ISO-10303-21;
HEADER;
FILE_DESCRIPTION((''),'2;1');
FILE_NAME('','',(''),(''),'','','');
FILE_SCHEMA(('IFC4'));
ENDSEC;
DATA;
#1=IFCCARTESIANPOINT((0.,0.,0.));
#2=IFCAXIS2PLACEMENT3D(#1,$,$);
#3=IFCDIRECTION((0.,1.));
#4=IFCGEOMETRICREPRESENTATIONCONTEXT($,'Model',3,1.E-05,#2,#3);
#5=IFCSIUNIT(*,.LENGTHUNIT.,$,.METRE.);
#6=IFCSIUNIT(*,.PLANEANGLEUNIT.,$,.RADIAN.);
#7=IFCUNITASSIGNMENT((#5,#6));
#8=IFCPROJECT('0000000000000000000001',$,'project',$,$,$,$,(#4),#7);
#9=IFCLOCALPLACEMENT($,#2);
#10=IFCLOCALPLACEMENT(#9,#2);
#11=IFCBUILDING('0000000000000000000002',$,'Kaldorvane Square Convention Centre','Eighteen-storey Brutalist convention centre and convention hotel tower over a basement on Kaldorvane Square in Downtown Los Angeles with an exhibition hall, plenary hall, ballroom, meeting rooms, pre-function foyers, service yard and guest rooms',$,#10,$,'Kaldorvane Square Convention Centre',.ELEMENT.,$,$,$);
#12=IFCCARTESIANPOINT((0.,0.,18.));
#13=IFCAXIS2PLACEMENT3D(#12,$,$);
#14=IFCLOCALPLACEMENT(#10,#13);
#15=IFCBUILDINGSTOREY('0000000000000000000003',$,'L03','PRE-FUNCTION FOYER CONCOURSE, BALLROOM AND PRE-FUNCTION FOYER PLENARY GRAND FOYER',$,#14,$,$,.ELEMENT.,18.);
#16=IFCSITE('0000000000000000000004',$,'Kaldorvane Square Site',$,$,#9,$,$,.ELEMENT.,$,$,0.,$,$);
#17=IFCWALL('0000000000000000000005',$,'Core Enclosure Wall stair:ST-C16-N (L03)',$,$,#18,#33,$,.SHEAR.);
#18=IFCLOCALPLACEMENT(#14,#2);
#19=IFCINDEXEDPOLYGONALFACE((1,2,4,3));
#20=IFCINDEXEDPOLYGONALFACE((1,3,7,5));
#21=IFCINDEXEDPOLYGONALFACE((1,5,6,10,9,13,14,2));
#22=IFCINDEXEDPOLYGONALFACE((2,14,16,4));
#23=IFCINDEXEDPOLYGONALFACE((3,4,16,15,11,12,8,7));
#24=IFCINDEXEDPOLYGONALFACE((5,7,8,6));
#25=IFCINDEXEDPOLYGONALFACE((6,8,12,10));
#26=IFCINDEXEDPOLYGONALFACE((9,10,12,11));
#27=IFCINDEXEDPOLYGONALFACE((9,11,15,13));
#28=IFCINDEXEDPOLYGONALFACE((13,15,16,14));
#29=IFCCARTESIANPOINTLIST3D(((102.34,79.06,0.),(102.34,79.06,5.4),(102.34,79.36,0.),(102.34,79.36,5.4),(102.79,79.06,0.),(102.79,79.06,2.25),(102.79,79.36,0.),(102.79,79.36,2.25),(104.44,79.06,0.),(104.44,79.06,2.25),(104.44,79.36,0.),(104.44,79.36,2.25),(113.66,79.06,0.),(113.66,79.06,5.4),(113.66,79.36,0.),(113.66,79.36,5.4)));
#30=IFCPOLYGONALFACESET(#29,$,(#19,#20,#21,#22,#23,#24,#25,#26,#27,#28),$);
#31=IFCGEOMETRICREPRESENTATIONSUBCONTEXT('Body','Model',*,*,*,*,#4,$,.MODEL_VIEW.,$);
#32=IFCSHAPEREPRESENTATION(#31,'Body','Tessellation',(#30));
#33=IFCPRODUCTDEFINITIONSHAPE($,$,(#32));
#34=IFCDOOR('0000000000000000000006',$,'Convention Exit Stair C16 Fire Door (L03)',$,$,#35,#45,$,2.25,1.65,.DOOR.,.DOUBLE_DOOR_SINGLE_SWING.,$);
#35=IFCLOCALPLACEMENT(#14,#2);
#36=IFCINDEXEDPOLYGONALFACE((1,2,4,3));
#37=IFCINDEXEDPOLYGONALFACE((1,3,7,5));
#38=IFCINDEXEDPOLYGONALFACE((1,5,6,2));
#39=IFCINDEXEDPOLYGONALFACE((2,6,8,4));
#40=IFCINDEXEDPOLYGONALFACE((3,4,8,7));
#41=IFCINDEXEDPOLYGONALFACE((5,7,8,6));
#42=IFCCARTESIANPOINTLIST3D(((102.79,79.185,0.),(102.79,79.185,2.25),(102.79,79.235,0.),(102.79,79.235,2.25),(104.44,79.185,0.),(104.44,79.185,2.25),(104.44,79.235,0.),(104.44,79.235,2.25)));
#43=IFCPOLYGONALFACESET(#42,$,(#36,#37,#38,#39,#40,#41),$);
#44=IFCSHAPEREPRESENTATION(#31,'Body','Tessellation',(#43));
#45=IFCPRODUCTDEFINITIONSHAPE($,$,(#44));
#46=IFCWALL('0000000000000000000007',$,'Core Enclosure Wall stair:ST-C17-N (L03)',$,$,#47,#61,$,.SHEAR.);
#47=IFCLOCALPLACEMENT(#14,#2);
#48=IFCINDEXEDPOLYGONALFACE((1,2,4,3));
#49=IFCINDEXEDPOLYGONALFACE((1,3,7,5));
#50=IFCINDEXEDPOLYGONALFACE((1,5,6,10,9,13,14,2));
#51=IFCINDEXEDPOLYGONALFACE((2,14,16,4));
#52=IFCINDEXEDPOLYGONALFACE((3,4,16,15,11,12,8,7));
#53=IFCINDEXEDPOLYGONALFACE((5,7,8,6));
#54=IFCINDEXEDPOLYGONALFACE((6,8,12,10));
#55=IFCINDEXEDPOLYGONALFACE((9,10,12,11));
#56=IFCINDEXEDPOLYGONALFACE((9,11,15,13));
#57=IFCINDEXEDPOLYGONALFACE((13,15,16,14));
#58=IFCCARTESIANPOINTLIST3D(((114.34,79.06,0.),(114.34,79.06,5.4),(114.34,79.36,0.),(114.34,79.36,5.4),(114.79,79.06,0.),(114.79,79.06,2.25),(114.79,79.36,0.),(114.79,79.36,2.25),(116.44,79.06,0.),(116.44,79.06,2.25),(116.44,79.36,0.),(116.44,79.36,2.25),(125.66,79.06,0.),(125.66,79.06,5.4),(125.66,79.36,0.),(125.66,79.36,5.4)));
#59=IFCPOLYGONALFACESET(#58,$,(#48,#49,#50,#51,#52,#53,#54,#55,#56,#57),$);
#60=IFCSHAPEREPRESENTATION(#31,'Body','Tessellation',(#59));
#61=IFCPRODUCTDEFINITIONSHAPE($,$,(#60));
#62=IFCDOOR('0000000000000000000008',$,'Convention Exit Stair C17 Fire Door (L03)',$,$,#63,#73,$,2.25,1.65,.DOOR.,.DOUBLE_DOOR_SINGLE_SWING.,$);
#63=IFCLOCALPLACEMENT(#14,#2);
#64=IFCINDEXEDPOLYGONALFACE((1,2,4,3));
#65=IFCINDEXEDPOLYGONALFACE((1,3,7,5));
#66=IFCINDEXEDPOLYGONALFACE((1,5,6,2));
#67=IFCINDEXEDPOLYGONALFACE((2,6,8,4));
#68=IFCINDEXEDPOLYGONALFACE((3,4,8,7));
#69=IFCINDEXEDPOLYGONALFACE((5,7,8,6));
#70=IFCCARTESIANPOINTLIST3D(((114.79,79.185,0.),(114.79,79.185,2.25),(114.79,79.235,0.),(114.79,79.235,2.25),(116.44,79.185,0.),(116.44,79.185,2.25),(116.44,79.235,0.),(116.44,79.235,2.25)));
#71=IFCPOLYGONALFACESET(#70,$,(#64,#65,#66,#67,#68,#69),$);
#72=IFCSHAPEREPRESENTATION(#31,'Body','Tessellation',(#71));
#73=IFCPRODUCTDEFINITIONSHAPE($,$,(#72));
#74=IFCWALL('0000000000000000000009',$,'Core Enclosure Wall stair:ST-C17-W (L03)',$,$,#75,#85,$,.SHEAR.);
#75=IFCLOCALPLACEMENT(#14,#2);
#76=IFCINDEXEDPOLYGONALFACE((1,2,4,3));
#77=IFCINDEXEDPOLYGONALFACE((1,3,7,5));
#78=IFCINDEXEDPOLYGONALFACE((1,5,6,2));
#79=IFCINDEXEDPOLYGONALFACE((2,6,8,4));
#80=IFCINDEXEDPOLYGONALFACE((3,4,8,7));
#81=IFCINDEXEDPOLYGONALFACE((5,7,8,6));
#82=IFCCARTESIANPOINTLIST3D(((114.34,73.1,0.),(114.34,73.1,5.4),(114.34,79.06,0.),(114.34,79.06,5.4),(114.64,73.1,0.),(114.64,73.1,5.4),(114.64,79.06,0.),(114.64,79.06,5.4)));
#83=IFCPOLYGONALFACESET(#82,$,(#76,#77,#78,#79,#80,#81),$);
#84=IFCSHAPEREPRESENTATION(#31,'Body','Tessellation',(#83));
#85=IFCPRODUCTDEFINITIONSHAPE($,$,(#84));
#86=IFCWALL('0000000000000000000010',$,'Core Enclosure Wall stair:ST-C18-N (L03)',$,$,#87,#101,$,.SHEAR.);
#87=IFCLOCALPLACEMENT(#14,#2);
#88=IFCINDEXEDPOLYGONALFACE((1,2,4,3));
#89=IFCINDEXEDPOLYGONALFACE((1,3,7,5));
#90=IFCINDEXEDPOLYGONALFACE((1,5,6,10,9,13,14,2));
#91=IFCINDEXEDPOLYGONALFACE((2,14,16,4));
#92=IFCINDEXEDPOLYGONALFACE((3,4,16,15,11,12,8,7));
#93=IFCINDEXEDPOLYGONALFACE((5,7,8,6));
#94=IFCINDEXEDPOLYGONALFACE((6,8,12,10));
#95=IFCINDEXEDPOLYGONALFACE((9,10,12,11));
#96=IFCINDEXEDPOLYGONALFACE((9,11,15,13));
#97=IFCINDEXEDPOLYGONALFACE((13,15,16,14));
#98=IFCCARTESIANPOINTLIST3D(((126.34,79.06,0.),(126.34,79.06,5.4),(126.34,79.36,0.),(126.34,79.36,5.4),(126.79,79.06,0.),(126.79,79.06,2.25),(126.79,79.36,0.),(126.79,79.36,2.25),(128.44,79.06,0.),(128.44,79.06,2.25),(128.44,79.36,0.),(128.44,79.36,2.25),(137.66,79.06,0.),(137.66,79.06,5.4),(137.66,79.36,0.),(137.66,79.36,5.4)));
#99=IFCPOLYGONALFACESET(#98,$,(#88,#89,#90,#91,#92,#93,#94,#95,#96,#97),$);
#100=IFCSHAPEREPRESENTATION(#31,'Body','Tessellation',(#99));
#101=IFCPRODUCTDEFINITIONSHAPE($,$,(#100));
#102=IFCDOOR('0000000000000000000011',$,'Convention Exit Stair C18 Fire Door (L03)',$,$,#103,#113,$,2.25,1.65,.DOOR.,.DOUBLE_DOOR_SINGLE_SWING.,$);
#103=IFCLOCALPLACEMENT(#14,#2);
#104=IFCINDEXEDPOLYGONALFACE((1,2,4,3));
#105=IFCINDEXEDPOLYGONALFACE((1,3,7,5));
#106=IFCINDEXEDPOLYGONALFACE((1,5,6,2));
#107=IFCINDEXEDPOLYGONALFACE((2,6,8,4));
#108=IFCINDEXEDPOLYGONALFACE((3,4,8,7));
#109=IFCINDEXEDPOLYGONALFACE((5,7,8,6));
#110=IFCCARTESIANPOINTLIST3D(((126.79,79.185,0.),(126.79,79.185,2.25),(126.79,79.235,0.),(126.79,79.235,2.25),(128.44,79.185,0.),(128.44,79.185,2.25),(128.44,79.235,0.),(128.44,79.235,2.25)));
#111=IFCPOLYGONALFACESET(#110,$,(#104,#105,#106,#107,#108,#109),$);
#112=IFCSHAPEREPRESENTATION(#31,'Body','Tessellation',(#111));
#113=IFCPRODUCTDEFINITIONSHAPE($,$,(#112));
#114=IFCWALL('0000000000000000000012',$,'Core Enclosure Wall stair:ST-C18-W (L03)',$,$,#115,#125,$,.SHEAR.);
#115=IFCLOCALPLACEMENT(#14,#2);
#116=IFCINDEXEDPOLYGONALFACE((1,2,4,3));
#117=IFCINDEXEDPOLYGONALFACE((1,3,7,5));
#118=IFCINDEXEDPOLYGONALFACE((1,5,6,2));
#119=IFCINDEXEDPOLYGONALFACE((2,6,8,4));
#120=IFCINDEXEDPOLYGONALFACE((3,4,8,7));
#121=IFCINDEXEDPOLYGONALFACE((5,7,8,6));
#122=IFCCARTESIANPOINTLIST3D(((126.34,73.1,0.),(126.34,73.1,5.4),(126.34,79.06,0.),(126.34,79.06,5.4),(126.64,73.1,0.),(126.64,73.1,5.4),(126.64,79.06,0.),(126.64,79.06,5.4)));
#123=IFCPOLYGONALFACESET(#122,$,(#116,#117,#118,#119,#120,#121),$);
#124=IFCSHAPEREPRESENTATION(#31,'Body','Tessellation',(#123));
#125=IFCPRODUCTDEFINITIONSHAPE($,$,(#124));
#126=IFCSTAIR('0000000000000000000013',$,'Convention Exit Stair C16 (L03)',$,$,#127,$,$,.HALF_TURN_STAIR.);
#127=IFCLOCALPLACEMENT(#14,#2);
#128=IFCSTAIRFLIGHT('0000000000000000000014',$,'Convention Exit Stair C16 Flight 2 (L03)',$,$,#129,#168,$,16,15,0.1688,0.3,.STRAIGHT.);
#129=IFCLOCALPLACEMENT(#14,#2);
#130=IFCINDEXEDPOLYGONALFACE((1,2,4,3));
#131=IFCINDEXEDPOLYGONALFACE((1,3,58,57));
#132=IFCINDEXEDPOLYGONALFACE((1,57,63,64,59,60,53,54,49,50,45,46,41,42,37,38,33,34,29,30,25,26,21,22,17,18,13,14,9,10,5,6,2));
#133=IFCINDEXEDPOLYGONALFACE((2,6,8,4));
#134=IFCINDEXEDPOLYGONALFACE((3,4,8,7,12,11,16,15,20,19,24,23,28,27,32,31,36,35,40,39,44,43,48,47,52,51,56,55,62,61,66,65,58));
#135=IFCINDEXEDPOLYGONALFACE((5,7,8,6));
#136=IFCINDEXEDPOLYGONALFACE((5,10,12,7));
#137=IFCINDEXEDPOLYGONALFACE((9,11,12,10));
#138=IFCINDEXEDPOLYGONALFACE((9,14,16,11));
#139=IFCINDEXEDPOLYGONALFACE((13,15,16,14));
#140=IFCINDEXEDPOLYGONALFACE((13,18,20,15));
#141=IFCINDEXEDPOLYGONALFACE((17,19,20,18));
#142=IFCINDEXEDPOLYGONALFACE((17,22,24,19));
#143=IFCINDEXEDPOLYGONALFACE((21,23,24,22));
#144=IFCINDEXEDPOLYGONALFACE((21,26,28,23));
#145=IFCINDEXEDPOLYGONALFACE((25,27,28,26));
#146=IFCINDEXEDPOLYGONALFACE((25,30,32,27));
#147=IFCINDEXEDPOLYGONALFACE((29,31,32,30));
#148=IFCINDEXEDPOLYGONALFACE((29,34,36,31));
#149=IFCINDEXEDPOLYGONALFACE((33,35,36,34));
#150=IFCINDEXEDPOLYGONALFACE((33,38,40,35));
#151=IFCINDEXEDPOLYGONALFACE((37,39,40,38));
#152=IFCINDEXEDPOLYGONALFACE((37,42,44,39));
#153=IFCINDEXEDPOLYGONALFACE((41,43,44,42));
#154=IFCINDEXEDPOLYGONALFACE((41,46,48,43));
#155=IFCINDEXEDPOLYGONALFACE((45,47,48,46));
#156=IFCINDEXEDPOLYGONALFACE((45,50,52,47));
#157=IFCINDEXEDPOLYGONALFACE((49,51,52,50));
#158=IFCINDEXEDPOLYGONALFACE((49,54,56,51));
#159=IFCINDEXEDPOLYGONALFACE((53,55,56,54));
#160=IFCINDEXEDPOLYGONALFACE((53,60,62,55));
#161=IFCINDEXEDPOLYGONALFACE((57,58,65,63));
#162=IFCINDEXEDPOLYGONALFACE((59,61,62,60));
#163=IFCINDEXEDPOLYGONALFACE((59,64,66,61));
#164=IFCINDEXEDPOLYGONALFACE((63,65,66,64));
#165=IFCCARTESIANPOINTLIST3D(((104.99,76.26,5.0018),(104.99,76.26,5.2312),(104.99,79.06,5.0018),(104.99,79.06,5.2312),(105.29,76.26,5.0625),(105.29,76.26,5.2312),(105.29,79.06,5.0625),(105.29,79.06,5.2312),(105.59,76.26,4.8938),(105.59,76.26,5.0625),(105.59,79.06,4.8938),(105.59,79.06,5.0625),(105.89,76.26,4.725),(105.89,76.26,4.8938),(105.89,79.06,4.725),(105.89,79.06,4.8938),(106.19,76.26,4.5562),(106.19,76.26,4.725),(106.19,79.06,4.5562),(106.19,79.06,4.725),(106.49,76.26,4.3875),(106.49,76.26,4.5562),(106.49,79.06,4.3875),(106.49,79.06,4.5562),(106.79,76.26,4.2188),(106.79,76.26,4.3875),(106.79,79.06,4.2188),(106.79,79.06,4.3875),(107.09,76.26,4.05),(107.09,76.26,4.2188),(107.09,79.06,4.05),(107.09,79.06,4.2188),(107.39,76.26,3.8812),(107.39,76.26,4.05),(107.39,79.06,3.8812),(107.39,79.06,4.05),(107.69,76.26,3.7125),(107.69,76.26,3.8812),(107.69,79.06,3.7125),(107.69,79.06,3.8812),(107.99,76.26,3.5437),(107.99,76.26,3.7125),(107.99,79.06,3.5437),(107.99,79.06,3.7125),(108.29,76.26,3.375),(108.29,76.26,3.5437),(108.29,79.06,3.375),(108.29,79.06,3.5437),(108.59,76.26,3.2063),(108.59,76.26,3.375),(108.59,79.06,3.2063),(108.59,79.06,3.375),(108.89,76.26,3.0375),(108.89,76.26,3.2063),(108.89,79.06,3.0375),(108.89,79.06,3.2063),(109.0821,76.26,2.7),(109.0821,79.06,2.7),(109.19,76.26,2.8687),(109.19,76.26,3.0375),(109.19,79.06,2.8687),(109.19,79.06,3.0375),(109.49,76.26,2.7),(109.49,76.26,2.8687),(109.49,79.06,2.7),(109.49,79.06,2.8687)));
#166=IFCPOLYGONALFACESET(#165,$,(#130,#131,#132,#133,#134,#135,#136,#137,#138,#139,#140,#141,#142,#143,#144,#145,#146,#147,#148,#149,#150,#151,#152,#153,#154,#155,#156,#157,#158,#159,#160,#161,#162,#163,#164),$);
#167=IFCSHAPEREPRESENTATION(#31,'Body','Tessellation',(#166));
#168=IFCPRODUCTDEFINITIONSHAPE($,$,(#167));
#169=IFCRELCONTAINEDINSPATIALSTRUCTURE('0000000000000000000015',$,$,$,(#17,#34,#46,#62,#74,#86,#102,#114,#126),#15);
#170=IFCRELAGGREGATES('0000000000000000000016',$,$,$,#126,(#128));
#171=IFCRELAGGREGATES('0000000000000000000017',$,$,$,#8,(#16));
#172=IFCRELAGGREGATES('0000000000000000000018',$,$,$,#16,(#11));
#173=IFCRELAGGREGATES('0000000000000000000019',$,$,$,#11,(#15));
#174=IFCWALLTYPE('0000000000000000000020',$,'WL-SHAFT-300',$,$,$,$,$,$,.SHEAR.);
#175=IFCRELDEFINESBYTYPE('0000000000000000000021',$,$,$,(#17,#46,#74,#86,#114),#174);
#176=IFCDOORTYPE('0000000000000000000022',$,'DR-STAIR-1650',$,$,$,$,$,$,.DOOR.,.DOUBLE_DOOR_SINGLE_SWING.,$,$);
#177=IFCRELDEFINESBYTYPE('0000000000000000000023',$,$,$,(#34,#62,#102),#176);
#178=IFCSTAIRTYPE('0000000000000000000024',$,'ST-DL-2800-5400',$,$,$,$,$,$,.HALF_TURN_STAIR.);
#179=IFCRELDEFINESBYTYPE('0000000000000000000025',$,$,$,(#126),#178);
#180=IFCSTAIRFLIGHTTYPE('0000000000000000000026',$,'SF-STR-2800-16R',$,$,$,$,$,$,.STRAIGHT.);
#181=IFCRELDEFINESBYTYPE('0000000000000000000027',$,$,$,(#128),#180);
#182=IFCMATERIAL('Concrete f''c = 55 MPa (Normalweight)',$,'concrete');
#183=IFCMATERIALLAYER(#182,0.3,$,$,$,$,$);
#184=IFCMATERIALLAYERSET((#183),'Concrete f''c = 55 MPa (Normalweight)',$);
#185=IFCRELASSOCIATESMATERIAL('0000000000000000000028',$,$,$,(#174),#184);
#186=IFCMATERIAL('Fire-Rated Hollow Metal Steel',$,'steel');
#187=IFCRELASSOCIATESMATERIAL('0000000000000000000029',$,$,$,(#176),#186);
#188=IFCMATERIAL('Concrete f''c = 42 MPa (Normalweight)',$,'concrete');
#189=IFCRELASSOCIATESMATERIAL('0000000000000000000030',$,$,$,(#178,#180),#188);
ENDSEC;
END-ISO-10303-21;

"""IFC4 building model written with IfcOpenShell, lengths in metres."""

from ifc_helpers import new_model, si_unit, direction, frame, frame_2d, origin, place, context, subcontext, project, spatial, polyline, rectangle, outline, extrude, material, layer, layer_set, type_object, element, fill, aggregate, save


model = new_model("IFC4")

# Units and contexts
model_context = context("Model", 3, precision=1e-05, world=origin(), true_north=direction((0.0, 1.0)))
body_context = subcontext(model_context, "Body", "Model", "MODEL_VIEW")
ifc_project = project(units=[si_unit("LENGTHUNIT", "METRE"), si_unit("PLANEANGLEUNIT", "RADIAN")], contexts=[model_context])

# Site, building, storey
site_placement = place(None, origin())
site = spatial("IfcSite", under=ifc_project, at=site_placement, Name="Kaldorvane Square Site", CompositionType="ELEMENT", RefElevation=0.0)
building_placement = place(site_placement, origin())
building = spatial("IfcBuilding", under=site, at=building_placement, Name="Kaldorvane Square Convention Centre", Description="Eighteen-storey Brutalist convention centre and convention hotel tower over a basement on Kaldorvane Square in Downtown Los Angeles with an exhibition hall, plenary hall, ballroom, meeting rooms, pre-function foyers, service yard and guest rooms", LongName="Kaldorvane Square Convention Centre", CompositionType="ELEMENT")
storey_placement = place(building_placement, frame((0.0, 0.0, 18.0)))
storey = spatial("IfcBuildingStorey", under=building, at=storey_placement, Name="L03", Description="PRE-FUNCTION FOYER CONCOURSE, BALLROOM AND PRE-FUNCTION FOYER PLENARY GRAND FOYER", CompositionType="ELEMENT", Elevation=18.0)

# Walls, openings, doors
ifc_material_1 = material(Name="Concrete f'c = 55 MPa (Normalweight)", Category="concrete")
ifc_layer_1 = layer(ifc_material_1, 0.3)
ifc_layer_set_1 = layer_set([ifc_layer_1], Name="Concrete f'c = 55 MPa (Normalweight)")
wall_type = type_object("IfcWallType", Name="WL-SHAFT-300", PredefinedType="SHEAR", material=ifc_layer_set_1)
wall_1_placement = place(storey_placement, frame((113.66, 79.21, 0.0), z_axis=(0.0, 0.0, 1.0), x_axis=(-1.0, 0.0, 0.0)))
wall_1 = element("IfcWall", 1, at=wall_1_placement, inside=storey, type_object=wall_type, Name="Core Enclosure Wall stair:ST-C16-N (L03)", PredefinedType="SHEAR", context=body_context, shape_type="SweptSolid", body=[
    extrude(rectangle(XDim=11.32, YDim=0.3, at=frame_2d((5.66, 0.0))), origin(), (0.0, 0.0, 1.0), 5.4),
])
opening_1_placement = place(wall_1_placement, frame((9.22, 0.0, 0.0)))
opening_1 = element("IfcOpeningElement", 2, at=opening_1_placement, cuts=wall_1, PredefinedType="OPENING", context=body_context, shape_type="SweptSolid", body=[
    extrude(rectangle(XDim=1.65, YDim=2.25, at=frame_2d((0.825, 1.125))), frame((0.0, 0.165, 0.0), z_axis=(0.0, -1.0, 0.0), x_axis=(1.0, 0.0, 0.0)), (0.0, 0.0, 1.0), 0.33),
])
ifc_material_2 = material(Name="Fire-Rated Hollow Metal Steel", Category="steel")
door_type = type_object("IfcDoorType", Name="DR-STAIR-1650", OperationType="DOUBLE_DOOR_SINGLE_SWING", PredefinedType="DOOR", material=ifc_material_2)
door_1_placement = place(opening_1_placement, origin())
door_1 = element("IfcDoor", 3, at=door_1_placement, inside=storey, type_object=door_type, Name="Convention Exit Stair C16 Fire Door (L03)", OperationType="DOUBLE_DOOR_SINGLE_SWING", OverallHeight=2.25, OverallWidth=1.65, PredefinedType="DOOR", context=body_context, shape_type="SweptSolid", body=[
    extrude(rectangle(XDim=1.65, YDim=2.25, at=frame_2d((0.825, 1.125))), frame((0.0, 0.025, 0.0), z_axis=(0.0, -1.0, 0.0), x_axis=(1.0, 0.0, 0.0)), (0.0, 0.0, 1.0), 0.05),
])
fill(opening_1, door_1)
wall_2_placement = place(storey_placement, frame((125.66, 79.21, 0.0), z_axis=(0.0, 0.0, 1.0), x_axis=(-1.0, 0.0, 0.0)))
wall_2 = element("IfcWall", 4, at=wall_2_placement, inside=storey, type_object=wall_type, Name="Core Enclosure Wall stair:ST-C17-N (L03)", PredefinedType="SHEAR", context=body_context, shape_type="SweptSolid", body=[
    extrude(rectangle(XDim=11.32, YDim=0.3, at=frame_2d((5.66, 0.0))), origin(), (0.0, 0.0, 1.0), 5.4),
])
opening_2_placement = place(wall_2_placement, frame((9.22, 0.0, 0.0)))
opening_2 = element("IfcOpeningElement", 5, at=opening_2_placement, cuts=wall_2, PredefinedType="OPENING", context=body_context, shape_type="SweptSolid", body=[
    extrude(rectangle(XDim=1.65, YDim=2.25, at=frame_2d((0.825, 1.125))), frame((0.0, 0.165, 0.0), z_axis=(0.0, -1.0, 0.0), x_axis=(1.0, 0.0, 0.0)), (0.0, 0.0, 1.0), 0.33),
])
door_2_placement = place(opening_2_placement, origin())
door_2 = element("IfcDoor", 6, at=door_2_placement, inside=storey, type_object=door_type, Name="Convention Exit Stair C17 Fire Door (L03)", OperationType="DOUBLE_DOOR_SINGLE_SWING", OverallHeight=2.25, OverallWidth=1.65, PredefinedType="DOOR", context=body_context, shape_type="SweptSolid", body=[
    extrude(rectangle(XDim=1.65, YDim=2.25, at=frame_2d((0.825, 1.125))), frame((0.0, 0.025, 0.0), z_axis=(0.0, -1.0, 0.0), x_axis=(1.0, 0.0, 0.0)), (0.0, 0.0, 1.0), 0.05),
])
fill(opening_2, door_2)

# Wall
wall_3_placement = place(storey_placement, frame((114.49, 79.06, 0.0), z_axis=(0.0, 0.0, 1.0), x_axis=(0.0, -1.0, 0.0)))
element("IfcWall", 7, at=wall_3_placement, inside=storey, type_object=wall_type, Name="Core Enclosure Wall stair:ST-C17-W (L03)", PredefinedType="SHEAR", context=body_context, shape_type="SweptSolid", body=[
    extrude(rectangle(XDim=5.96, YDim=0.3, at=frame_2d((2.98, 0.0))), origin(), (0.0, 0.0, 1.0), 5.4),
])

# Wall, opening, door
wall_4_placement = place(storey_placement, frame((137.66, 79.21, 0.0), z_axis=(0.0, 0.0, 1.0), x_axis=(-1.0, 0.0, 0.0)))
wall_4 = element("IfcWall", 8, at=wall_4_placement, inside=storey, type_object=wall_type, Name="Core Enclosure Wall stair:ST-C18-N (L03)", PredefinedType="SHEAR", context=body_context, shape_type="SweptSolid", body=[
    extrude(rectangle(XDim=11.32, YDim=0.3, at=frame_2d((5.66, 0.0))), origin(), (0.0, 0.0, 1.0), 5.4),
])
opening_3_placement = place(wall_4_placement, frame((9.22, 0.0, 0.0)))
opening_3 = element("IfcOpeningElement", 9, at=opening_3_placement, cuts=wall_4, PredefinedType="OPENING", context=body_context, shape_type="SweptSolid", body=[
    extrude(rectangle(XDim=1.65, YDim=2.25, at=frame_2d((0.825, 1.125))), frame((0.0, 0.165, 0.0), z_axis=(0.0, -1.0, 0.0), x_axis=(1.0, 0.0, 0.0)), (0.0, 0.0, 1.0), 0.33),
])
door_3_placement = place(opening_3_placement, origin())
door_3 = element("IfcDoor", 10, at=door_3_placement, inside=storey, type_object=door_type, Name="Convention Exit Stair C18 Fire Door (L03)", OperationType="DOUBLE_DOOR_SINGLE_SWING", OverallHeight=2.25, OverallWidth=1.65, PredefinedType="DOOR", context=body_context, shape_type="SweptSolid", body=[
    extrude(rectangle(XDim=1.65, YDim=2.25, at=frame_2d((0.825, 1.125))), frame((0.0, 0.025, 0.0), z_axis=(0.0, -1.0, 0.0), x_axis=(1.0, 0.0, 0.0)), (0.0, 0.0, 1.0), 0.05),
])
fill(opening_3, door_3)

# Wall
wall_5_placement = place(storey_placement, frame((126.49, 79.06, 0.0), z_axis=(0.0, 0.0, 1.0), x_axis=(0.0, -1.0, 0.0)))
element("IfcWall", 11, at=wall_5_placement, inside=storey, type_object=wall_type, Name="Core Enclosure Wall stair:ST-C18-W (L03)", PredefinedType="SHEAR", context=body_context, shape_type="SweptSolid", body=[
    extrude(rectangle(XDim=5.96, YDim=0.3, at=frame_2d((2.98, 0.0))), origin(), (0.0, 0.0, 1.0), 5.4),
])

# Stair, stair flight
ifc_material_3 = material(Name="Concrete f'c = 42 MPa (Normalweight)", Category="concrete")
stair_type = type_object("IfcStairType", Name="ST-DL-2800-5400", PredefinedType="HALF_TURN_STAIR", material=ifc_material_3)
stair_1_placement = place(storey_placement, origin())
stair_1 = element("IfcStair", 12, at=stair_1_placement, inside=storey, type_object=stair_type, Name="Convention Exit Stair C16 (L03)", PredefinedType="HALF_TURN_STAIR")
stair_flight_type = type_object("IfcStairFlightType", Name="SF-STR-2800-16R", PredefinedType="STRAIGHT", material=ifc_material_3)
stair_flight_1_placement = place(storey_placement, frame((109.49, 77.66, 2.7), z_axis=(0.0, 0.0, 1.0), x_axis=(-1.0, 0.0, 0.0)))
stair_flight_1 = element("IfcStairFlight", 13, at=stair_flight_1_placement, type_object=stair_flight_type, Name="Convention Exit Stair C16 Flight 2 (L03)", NumberOfRisers=16, NumberOfTreads=15, PredefinedType="STRAIGHT", RiserHeight=0.1688, TreadLength=0.3, context=body_context, shape_type="SweptSolid", body=[
    extrude(outline(polyline([(0.0, 0.0), (0.0, 0.1687), (0.3, 0.1687), (0.3, 0.3375), (0.6, 0.3375), (0.6, 0.5063), (0.9, 0.5063), (0.9, 0.675), (1.2, 0.675), (1.2, 0.8438), (1.5, 0.8438), (1.5, 1.0125), (1.8, 1.0125), (1.8, 1.1812), (2.1, 1.1812), (2.1, 1.35), (2.4, 1.35), (2.4, 1.5188), (2.7, 1.5188), (2.7, 1.6875), (3.0, 1.6875), (3.0, 1.8562), (3.3, 1.8562), (3.3, 2.025), (3.6, 2.025), (3.6, 2.1938), (3.9, 2.1938), (3.9, 2.3625), (4.2, 2.3625), (4.2, 2.5312), (4.5, 2.5312), (4.5, 2.7), (4.5, 2.3018), (0.4079, 0.0), (0.0, 0.0)])), frame((0.0, 1.4, 0.0), z_axis=(0.0, -1.0, 0.0), x_axis=(1.0, 0.0, 0.0)), (0.0, 0.0, 1.0), 2.8),
])
aggregate(stair_1, [stair_flight_1])

save(model, "model.ifc")
